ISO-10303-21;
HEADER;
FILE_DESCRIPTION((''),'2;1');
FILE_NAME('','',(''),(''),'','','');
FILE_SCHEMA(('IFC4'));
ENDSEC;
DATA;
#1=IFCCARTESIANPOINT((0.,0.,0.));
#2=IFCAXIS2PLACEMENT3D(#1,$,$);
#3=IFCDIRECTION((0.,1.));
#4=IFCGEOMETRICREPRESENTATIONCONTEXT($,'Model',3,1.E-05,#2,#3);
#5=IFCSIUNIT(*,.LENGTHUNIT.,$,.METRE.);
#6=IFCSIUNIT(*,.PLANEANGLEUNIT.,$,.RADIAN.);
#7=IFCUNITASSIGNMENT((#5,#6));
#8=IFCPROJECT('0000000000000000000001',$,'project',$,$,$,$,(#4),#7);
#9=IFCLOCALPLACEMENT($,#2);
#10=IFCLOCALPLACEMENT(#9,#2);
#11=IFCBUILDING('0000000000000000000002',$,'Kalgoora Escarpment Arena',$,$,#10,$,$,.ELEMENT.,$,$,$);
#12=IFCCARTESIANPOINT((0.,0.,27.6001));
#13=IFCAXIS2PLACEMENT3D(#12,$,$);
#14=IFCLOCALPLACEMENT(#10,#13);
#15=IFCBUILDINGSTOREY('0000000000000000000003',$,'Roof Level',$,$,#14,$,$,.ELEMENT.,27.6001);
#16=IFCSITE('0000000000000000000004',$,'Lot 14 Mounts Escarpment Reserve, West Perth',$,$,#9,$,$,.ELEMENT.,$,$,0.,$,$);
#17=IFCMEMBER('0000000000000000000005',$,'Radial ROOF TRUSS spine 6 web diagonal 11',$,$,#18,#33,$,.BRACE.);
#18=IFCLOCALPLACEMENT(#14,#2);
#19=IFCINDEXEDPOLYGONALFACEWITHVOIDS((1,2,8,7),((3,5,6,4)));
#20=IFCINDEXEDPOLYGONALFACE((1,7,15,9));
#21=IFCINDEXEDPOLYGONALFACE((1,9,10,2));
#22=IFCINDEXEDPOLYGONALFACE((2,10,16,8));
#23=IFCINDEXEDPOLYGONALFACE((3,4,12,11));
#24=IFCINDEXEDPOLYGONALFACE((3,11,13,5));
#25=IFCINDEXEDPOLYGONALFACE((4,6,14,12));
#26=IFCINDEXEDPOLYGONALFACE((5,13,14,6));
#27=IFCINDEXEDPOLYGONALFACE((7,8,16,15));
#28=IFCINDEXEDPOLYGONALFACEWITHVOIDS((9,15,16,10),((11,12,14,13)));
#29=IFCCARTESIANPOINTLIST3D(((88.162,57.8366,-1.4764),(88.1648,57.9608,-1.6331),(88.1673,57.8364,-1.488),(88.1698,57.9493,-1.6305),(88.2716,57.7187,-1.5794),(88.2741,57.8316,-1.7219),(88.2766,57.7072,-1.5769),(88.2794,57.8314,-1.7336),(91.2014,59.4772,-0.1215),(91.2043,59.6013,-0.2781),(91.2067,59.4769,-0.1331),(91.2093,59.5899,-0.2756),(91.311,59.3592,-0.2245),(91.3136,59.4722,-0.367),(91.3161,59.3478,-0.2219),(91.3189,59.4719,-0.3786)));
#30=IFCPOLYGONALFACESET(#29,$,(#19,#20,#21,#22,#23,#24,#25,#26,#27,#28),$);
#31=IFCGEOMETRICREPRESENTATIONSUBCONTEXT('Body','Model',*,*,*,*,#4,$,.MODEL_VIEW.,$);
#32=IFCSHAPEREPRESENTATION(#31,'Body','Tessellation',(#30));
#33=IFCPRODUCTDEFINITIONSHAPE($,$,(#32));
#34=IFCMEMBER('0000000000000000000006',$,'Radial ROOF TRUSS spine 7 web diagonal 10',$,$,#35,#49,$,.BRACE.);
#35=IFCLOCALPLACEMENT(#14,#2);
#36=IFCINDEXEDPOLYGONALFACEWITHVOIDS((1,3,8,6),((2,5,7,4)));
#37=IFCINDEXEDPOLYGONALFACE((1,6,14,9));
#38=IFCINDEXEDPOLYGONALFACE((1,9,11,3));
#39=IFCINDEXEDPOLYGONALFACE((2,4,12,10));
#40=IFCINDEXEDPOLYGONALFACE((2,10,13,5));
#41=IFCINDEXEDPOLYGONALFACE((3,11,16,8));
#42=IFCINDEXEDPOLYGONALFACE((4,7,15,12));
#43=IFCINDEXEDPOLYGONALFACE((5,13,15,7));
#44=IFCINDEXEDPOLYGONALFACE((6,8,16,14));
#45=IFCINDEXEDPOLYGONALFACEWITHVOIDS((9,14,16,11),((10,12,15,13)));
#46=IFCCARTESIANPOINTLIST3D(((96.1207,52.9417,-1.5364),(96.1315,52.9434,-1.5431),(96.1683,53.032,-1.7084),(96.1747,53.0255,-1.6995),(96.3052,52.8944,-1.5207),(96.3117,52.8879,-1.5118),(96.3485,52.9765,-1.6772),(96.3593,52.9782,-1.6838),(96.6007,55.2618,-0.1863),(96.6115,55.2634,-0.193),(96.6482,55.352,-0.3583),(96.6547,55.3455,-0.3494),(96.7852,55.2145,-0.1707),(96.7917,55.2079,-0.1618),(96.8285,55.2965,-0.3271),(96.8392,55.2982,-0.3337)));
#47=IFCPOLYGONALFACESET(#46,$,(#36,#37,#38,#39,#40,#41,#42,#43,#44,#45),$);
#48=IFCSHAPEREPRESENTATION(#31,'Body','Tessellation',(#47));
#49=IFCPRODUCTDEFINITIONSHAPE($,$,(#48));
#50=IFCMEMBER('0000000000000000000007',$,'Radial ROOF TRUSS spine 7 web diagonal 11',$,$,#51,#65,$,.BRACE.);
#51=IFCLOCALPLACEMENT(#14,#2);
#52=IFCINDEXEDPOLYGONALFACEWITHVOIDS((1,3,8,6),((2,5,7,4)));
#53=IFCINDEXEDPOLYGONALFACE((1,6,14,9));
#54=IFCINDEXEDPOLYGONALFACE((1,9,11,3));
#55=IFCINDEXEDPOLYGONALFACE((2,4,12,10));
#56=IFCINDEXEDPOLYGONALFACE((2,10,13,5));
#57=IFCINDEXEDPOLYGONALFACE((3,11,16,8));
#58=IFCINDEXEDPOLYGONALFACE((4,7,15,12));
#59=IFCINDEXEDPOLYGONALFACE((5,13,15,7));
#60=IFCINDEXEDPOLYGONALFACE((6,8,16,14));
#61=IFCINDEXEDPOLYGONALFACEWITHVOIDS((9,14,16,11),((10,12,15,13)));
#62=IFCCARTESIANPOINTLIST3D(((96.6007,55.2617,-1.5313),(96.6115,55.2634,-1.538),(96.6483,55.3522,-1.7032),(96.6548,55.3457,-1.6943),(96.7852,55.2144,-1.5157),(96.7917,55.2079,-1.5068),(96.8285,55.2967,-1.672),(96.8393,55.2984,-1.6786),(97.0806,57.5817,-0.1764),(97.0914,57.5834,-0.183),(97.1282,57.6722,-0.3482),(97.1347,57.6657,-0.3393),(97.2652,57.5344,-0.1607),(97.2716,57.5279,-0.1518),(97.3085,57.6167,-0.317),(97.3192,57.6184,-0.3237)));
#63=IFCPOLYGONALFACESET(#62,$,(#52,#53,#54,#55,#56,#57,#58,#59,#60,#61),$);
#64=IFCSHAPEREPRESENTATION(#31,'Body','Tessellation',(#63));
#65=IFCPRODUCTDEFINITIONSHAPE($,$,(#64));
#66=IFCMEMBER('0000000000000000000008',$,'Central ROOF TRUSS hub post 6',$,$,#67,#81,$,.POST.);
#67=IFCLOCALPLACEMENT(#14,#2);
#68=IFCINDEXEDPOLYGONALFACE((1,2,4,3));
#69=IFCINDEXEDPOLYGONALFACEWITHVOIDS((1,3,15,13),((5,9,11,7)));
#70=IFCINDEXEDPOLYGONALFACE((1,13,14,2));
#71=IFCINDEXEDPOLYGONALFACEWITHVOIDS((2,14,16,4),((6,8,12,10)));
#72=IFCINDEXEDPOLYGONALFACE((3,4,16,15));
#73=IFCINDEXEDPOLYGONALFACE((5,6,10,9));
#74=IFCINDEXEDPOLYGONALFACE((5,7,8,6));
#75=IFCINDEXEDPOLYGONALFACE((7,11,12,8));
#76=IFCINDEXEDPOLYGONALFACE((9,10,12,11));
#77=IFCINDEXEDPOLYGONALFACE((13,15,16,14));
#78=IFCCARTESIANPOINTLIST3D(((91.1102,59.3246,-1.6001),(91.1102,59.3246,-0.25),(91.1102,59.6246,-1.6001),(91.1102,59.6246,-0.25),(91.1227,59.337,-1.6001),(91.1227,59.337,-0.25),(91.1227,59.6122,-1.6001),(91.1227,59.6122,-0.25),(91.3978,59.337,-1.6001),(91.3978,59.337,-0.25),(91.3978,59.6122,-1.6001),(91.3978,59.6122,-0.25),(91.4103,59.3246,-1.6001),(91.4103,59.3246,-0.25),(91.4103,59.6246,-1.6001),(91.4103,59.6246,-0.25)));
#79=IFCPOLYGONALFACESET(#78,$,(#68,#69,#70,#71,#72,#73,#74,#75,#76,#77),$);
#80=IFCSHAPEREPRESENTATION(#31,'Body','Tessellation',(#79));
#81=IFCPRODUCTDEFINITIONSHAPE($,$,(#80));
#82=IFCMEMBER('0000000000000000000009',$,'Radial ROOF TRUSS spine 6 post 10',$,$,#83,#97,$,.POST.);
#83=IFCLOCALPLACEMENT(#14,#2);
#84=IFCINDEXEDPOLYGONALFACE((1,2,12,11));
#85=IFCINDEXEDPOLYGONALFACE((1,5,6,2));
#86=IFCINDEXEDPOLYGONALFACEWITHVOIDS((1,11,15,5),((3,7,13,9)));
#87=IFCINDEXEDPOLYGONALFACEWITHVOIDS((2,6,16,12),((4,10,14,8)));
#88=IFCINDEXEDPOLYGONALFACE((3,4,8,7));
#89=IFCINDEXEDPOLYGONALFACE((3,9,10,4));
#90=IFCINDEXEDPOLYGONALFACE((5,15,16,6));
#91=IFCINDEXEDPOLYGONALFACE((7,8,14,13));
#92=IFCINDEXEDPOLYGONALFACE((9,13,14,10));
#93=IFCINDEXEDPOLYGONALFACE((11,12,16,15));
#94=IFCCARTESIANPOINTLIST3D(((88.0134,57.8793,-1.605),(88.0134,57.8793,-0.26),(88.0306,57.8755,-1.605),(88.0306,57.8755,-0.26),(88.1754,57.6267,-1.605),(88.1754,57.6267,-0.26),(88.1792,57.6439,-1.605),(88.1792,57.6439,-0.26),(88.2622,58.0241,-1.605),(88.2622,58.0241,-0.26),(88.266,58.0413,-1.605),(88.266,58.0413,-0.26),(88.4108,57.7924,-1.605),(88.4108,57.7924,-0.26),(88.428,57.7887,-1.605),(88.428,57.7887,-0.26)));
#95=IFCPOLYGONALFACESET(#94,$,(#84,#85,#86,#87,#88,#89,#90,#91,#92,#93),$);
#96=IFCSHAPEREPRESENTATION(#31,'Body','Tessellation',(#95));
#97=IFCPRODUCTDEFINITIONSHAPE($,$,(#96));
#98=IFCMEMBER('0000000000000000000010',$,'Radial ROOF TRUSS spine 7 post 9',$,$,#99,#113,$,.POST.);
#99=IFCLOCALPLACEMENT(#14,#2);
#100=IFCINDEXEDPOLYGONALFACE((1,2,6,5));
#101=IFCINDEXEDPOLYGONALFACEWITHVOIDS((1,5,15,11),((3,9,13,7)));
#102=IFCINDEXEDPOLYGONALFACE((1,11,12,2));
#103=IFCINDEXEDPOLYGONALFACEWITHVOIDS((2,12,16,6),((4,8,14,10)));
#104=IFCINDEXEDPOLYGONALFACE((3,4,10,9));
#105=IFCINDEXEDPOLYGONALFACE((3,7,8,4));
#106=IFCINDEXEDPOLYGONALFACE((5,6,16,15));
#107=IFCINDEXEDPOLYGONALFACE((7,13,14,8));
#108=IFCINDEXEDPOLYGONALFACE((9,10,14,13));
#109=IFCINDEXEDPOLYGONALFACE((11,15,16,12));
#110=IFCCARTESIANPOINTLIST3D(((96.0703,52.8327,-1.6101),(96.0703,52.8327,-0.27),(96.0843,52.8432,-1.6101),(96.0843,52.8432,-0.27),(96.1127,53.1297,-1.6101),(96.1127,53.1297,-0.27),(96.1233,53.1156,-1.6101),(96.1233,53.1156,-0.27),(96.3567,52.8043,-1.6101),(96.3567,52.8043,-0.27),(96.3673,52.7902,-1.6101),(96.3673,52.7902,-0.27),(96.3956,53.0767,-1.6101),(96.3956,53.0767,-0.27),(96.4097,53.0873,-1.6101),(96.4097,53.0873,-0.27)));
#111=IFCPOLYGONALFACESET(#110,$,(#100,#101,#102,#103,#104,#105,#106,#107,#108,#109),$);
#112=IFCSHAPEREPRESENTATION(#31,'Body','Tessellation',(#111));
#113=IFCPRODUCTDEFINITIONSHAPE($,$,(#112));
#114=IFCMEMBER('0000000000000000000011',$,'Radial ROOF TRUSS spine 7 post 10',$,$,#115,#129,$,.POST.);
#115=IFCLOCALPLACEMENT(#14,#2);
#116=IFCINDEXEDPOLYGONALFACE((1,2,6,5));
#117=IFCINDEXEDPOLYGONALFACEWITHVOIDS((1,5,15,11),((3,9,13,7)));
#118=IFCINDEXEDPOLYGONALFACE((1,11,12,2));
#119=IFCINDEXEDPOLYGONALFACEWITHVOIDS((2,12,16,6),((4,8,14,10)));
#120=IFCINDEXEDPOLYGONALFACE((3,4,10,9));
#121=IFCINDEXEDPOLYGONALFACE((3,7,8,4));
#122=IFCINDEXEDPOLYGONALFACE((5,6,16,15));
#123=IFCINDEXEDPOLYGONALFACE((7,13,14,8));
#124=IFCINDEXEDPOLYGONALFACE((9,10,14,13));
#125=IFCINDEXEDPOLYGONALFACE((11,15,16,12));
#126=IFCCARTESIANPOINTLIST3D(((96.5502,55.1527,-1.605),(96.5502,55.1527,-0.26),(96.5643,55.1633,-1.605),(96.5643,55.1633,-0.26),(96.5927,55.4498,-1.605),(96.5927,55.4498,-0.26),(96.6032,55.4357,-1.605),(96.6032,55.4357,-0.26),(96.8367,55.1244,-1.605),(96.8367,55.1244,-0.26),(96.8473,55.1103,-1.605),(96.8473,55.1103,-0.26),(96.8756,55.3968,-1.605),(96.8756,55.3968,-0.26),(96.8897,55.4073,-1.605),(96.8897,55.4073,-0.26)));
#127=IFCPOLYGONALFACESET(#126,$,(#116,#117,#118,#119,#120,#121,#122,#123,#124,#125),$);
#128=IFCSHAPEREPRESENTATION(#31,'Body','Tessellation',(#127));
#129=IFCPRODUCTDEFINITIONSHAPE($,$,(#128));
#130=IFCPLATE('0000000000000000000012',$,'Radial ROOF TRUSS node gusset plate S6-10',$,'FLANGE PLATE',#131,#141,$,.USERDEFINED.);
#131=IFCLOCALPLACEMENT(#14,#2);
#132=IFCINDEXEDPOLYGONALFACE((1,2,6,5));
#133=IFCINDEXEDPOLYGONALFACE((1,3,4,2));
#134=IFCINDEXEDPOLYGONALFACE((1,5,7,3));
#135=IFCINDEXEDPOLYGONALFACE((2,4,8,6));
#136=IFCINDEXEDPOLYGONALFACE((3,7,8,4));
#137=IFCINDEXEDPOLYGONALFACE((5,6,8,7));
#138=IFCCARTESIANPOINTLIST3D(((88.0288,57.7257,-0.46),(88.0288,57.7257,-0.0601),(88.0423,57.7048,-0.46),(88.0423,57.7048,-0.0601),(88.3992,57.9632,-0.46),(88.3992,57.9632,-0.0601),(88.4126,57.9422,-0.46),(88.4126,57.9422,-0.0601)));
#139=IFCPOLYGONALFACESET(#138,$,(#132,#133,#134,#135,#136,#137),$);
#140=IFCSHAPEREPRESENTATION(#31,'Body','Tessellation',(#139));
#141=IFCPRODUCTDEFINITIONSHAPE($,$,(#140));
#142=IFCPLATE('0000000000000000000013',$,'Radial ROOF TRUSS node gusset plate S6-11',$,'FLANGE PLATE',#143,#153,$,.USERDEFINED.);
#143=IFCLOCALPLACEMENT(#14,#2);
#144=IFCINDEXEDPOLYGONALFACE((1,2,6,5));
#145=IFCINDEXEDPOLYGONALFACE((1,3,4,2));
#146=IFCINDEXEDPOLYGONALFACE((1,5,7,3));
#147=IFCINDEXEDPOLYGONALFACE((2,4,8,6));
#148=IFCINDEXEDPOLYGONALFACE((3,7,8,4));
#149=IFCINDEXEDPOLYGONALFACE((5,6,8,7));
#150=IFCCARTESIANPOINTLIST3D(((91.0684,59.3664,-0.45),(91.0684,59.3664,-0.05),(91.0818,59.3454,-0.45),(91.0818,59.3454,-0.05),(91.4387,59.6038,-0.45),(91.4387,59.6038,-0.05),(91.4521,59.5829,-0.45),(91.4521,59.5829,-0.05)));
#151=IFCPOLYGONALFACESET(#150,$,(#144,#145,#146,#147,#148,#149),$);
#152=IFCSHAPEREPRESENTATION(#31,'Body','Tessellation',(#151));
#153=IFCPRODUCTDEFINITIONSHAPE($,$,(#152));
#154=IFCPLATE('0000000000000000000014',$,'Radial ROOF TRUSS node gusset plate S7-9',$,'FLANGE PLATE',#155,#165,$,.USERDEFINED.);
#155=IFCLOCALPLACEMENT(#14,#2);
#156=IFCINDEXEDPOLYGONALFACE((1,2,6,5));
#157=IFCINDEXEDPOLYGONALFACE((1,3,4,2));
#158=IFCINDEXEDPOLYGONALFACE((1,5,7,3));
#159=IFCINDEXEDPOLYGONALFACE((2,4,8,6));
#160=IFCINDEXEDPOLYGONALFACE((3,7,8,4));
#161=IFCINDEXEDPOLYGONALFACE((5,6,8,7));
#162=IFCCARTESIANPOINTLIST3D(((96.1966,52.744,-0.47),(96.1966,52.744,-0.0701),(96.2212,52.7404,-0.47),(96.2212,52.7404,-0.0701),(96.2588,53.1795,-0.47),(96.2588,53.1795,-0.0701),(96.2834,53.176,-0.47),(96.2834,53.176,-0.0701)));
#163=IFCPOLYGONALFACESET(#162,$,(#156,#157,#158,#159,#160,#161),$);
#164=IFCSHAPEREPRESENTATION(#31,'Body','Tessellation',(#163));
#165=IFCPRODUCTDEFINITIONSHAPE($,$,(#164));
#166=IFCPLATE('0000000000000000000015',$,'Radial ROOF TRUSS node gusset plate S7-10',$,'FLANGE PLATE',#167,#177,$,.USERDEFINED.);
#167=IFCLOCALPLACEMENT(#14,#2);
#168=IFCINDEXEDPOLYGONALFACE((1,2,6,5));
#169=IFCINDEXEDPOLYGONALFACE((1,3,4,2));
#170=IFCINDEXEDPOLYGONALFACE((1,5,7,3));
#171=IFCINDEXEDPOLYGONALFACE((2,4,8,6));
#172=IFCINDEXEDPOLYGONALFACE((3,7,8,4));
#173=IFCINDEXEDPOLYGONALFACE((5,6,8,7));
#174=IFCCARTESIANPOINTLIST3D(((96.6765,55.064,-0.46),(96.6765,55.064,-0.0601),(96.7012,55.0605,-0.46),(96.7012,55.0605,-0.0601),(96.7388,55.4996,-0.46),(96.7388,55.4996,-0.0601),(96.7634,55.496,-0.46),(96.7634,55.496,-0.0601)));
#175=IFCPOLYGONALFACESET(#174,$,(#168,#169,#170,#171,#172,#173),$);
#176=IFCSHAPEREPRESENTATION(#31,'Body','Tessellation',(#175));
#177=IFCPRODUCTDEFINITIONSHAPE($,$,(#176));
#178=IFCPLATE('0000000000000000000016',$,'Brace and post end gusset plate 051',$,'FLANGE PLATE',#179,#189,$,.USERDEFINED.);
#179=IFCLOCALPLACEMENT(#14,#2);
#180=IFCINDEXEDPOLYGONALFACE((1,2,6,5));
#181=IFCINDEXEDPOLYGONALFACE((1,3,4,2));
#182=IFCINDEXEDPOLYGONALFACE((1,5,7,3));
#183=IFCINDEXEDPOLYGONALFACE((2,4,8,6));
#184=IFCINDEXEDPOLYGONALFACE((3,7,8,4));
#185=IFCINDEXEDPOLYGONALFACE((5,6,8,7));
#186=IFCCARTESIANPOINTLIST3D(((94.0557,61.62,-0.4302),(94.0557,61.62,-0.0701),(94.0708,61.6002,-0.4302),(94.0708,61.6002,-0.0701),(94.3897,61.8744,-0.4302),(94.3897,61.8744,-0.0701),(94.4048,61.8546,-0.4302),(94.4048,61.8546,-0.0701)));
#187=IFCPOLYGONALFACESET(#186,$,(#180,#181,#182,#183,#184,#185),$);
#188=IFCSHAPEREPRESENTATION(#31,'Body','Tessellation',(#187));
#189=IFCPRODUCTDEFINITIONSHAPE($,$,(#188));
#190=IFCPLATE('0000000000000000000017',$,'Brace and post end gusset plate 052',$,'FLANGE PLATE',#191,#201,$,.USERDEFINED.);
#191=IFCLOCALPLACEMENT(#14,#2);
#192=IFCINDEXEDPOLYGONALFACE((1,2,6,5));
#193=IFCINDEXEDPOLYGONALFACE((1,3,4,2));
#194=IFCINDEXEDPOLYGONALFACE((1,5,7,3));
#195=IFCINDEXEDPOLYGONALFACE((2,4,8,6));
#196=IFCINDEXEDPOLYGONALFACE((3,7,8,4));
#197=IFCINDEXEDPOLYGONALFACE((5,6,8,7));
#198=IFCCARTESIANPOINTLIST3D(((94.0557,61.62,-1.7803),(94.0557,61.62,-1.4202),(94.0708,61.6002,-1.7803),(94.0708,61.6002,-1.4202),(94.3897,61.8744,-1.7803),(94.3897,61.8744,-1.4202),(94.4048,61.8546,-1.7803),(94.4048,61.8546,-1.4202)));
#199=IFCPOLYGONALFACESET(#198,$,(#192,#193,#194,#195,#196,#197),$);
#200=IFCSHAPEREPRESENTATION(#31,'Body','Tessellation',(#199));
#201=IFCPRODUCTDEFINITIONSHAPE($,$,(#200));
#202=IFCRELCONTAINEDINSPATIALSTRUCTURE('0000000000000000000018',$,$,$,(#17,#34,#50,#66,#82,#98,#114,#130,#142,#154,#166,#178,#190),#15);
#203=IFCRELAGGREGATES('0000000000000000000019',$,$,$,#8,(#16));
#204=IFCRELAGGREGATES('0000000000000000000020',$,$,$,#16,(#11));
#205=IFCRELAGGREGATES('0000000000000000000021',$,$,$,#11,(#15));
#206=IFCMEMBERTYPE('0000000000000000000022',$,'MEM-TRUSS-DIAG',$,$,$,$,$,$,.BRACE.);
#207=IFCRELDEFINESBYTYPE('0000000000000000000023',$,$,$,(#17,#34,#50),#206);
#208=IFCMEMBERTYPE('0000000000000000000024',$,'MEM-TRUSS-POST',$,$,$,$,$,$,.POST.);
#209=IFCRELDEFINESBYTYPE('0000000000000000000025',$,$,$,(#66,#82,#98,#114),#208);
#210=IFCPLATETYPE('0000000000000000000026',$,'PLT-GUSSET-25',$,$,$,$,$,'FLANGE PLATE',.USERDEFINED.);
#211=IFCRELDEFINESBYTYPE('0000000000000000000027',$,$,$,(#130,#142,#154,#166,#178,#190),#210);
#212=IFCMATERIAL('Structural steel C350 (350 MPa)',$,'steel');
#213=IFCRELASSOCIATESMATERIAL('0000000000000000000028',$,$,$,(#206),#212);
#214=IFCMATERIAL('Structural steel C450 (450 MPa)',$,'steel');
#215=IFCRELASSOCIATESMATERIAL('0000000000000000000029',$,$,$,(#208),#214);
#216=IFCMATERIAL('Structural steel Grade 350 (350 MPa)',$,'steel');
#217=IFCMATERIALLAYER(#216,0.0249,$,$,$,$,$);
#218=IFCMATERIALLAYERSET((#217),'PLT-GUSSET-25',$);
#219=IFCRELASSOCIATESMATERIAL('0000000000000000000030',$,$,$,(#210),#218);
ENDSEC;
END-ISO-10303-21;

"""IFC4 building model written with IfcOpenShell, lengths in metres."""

from ifc_helpers import new_model, si_unit, direction, frame, origin, origin_2d, place, context, subcontext, project, spatial, rectangle, hollow_rectangle, extrude, material, layer, layer_set, material_profile, profile_set, type_object, element, save


model = new_model("IFC4")

# Units and contexts
model_context = context("Model", 3, precision=1e-05, world=origin(), true_north=direction((0.0, 1.0)))
body_context = subcontext(model_context, "Body", "Model", "MODEL_VIEW")
ifc_project = project(units=[si_unit("LENGTHUNIT", "METRE"), si_unit("PLANEANGLEUNIT", "RADIAN")], contexts=[model_context])

# Site, building, storey
site_placement = place(None, origin())
site = spatial("IfcSite", under=ifc_project, at=site_placement, Name="Lot 14 Mounts Escarpment Reserve, West Perth", CompositionType="ELEMENT", RefElevation=0.0)
building_placement = place(site_placement, origin())
building = spatial("IfcBuilding", under=site, at=building_placement, Name="Kalgoora Escarpment Arena", CompositionType="ELEMENT")
storey_placement = place(building_placement, frame((0.0, 0.0, 27.6001)))
storey = spatial("IfcBuildingStorey", under=building, at=storey_placement, Name="Roof Level", CompositionType="ELEMENT", Elevation=27.6001)

# Members
ifc_material_1 = material(Name="Structural steel C350 (350 MPa)", Category="steel")
ifc_material_profile_1 = material_profile(ifc_material_1, hollow_rectangle(XDim=0.2, YDim=0.2, WallThickness=0.009, at=origin_2d()))
ifc_profile_set_1 = profile_set([ifc_material_profile_1], Name="Structural steel C350 (350 MPa)")
member_type_1 = type_object("IfcMemberType", Name="MEM-TRUSS-DIAG", PredefinedType="BRACE", material=ifc_profile_set_1)
member_1_placement = place(storey_placement, frame((88.2207, 57.834, -1.605), z_axis=(0.819215, 0.442179, 0.365192), x_axis=(-0.573313, 0.647139, 0.502517)))
element("IfcMember", 1, at=member_1_placement, inside=storey, type_object=member_type_1, Name="Radial ROOF TRUSS spine 6 web diagonal 11", PredefinedType="BRACE", context=body_context, shape_type="SweptSolid", body=[
    extrude(hollow_rectangle(XDim=0.2, YDim=0.2, WallThickness=0.009, at=origin_2d()), origin(), (0.0, 0.0, 1.0), 3.7102),
])
member_2_placement = place(storey_placement, frame((96.24, 52.96, -1.6101), z_axis=(0.176018, 0.850815, 0.495108), x_axis=(-0.237784, -0.451317, 0.8601)))
element("IfcMember", 2, at=member_2_placement, inside=storey, type_object=member_type_1, Name="Radial ROOF TRUSS spine 7 web diagonal 10", PredefinedType="BRACE", context=body_context, shape_type="SweptSolid", body=[
    extrude(hollow_rectangle(XDim=0.2, YDim=0.2, WallThickness=0.009, at=origin_2d()), origin(), (0.0, 0.0, 1.0), 2.7268),
])
member_3_placement = place(storey_placement, frame((96.72, 55.28, -1.605), z_axis=(0.175862, 0.85006, 0.496457), x_axis=(-0.238054, -0.452626, 0.859337)))
element("IfcMember", 3, at=member_3_placement, inside=storey, type_object=member_type_1, Name="Radial ROOF TRUSS spine 7 web diagonal 11", PredefinedType="BRACE", context=body_context, shape_type="SweptSolid", body=[
    extrude(hollow_rectangle(XDim=0.2, YDim=0.2, WallThickness=0.009, at=origin_2d()), origin(), (0.0, 0.0, 1.0), 2.7292),
])
ifc_material_2 = material(Name="Structural steel C450 (450 MPa)", Category="steel")
ifc_material_profile_2 = material_profile(ifc_material_2, hollow_rectangle(XDim=0.3, YDim=0.3, WallThickness=0.0125, at=origin_2d()))
ifc_profile_set_2 = profile_set([ifc_material_profile_2], Name="Structural steel C450 (450 MPa)")
member_type_2 = type_object("IfcMemberType", Name="MEM-TRUSS-POST", PredefinedType="POST", material=ifc_profile_set_2)
member_4_placement = place(storey_placement, frame((91.2603, 59.4746, -1.6001), z_axis=(0.0, 0.0, 1.0), x_axis=(1.0, 0.0, 0.0)))
element("IfcMember", 4, at=member_4_placement, inside=storey, type_object=member_type_2, Name="Central ROOF TRUSS hub post 6", PredefinedType="POST", context=body_context, shape_type="SweptSolid", body=[
    extrude(hollow_rectangle(XDim=0.3, YDim=0.3, WallThickness=0.0125, at=origin_2d()), origin(), (0.0, 0.0, 1.0), 1.3501),
])
member_5_placement = place(storey_placement, frame((88.2207, 57.834, -1.605), z_axis=(0.0, 0.0, 1.0), x_axis=(0.841794, 0.5398, 0.0)))
element("IfcMember", 5, at=member_5_placement, inside=storey, type_object=member_type_2, Name="Radial ROOF TRUSS spine 6 post 10", PredefinedType="POST", context=body_context, shape_type="SweptSolid", body=[
    extrude(hollow_rectangle(XDim=0.3, YDim=0.3, WallThickness=0.0125, at=origin_2d()), origin(), (0.0, 0.0, 1.0), 1.345),
])
member_6_placement = place(storey_placement, frame((96.24, 52.96, -1.6101), z_axis=(0.0, 0.0, 1.0), x_axis=(0.14142, 0.98995, 0.0)))
element("IfcMember", 6, at=member_6_placement, inside=storey, type_object=member_type_2, Name="Radial ROOF TRUSS spine 7 post 9", PredefinedType="POST", context=body_context, shape_type="SweptSolid", body=[
    extrude(hollow_rectangle(XDim=0.3, YDim=0.3, WallThickness=0.0125, at=origin_2d()), origin(), (0.0, 0.0, 1.0), 1.3401),
])
member_7_placement = place(storey_placement, frame((96.72, 55.28, -1.605), z_axis=(0.0, 0.0, 1.0), x_axis=(0.14142, 0.98995, 0.0)))
element("IfcMember", 7, at=member_7_placement, inside=storey, type_object=member_type_2, Name="Radial ROOF TRUSS spine 7 post 10", PredefinedType="POST", context=body_context, shape_type="SweptSolid", body=[
    extrude(hollow_rectangle(XDim=0.3, YDim=0.3, WallThickness=0.0125, at=origin_2d()), origin(), (0.0, 0.0, 1.0), 1.345),
])

# Plates
ifc_material_3 = material(Name="Structural steel Grade 350 (350 MPa)", Category="steel")
ifc_layer = layer(ifc_material_3, 0.0249)
ifc_layer_set = layer_set([ifc_layer], Name="PLT-GUSSET-25")
plate_type = type_object("IfcPlateType", Name="PLT-GUSSET-25", ElementType="FLANGE PLATE", PredefinedType="USERDEFINED", material=ifc_layer_set)
for number, where, z_axis, x_axis, name in (
    (8, (88.2207, 57.834, -0.46), (0.0, 0.0, 1.0), (0.841794, 0.5398, 0.0), "Radial ROOF TRUSS node gusset plate S6-10"),
    (9, (91.2603, 59.4746, -0.45), (0.0, 0.0, 1.0), (0.841794, 0.5398, 0.0), "Radial ROOF TRUSS node gusset plate S6-11"),
    (10, (96.24, 52.96, -0.47), (0.0, 0.0, 1.0), (0.14142, 0.98995, 0.0), "Radial ROOF TRUSS node gusset plate S7-9"),
    (11, (96.72, 55.28, -0.46), (0.0, 0.0, 1.0), (0.14142, 0.98995, 0.0), "Radial ROOF TRUSS node gusset plate S7-10"),
):
    element("IfcPlate", number, at=place(storey_placement, frame(where, z_axis=z_axis, x_axis=x_axis)), inside=storey, type_object=plate_type, Name=name, ObjectType="FLANGE PLATE", PredefinedType="USERDEFINED", context=body_context, shape_type="SweptSolid", body=[
        extrude(rectangle(XDim=0.4399, YDim=0.0249, at=origin_2d()), origin(), (0.0, 0.0, 1.0), 0.3999),
    ])
for number, where, z_axis, x_axis, name in (
    (12, (94.2302, 61.7373, -0.4302), (0.0, 0.0, 1.0), (-0.795473, -0.605988, 0.0), "Brace and post end gusset plate 051"),
    (13, (94.2302, 61.7373, -1.7803), (0.0, 0.0, 1.0), (-0.795473, -0.605988, 0.0), "Brace and post end gusset plate 052"),
):
    element("IfcPlate", number, at=place(storey_placement, frame(where, z_axis=z_axis, x_axis=x_axis)), inside=storey, type_object=plate_type, Name=name, ObjectType="FLANGE PLATE", PredefinedType="USERDEFINED", context=body_context, shape_type="SweptSolid", body=[
        extrude(rectangle(XDim=0.4199, YDim=0.0249, at=origin_2d()), origin(), (0.0, 0.0, 1.0), 0.3601),
    ])

save(model, "model.ifc")
